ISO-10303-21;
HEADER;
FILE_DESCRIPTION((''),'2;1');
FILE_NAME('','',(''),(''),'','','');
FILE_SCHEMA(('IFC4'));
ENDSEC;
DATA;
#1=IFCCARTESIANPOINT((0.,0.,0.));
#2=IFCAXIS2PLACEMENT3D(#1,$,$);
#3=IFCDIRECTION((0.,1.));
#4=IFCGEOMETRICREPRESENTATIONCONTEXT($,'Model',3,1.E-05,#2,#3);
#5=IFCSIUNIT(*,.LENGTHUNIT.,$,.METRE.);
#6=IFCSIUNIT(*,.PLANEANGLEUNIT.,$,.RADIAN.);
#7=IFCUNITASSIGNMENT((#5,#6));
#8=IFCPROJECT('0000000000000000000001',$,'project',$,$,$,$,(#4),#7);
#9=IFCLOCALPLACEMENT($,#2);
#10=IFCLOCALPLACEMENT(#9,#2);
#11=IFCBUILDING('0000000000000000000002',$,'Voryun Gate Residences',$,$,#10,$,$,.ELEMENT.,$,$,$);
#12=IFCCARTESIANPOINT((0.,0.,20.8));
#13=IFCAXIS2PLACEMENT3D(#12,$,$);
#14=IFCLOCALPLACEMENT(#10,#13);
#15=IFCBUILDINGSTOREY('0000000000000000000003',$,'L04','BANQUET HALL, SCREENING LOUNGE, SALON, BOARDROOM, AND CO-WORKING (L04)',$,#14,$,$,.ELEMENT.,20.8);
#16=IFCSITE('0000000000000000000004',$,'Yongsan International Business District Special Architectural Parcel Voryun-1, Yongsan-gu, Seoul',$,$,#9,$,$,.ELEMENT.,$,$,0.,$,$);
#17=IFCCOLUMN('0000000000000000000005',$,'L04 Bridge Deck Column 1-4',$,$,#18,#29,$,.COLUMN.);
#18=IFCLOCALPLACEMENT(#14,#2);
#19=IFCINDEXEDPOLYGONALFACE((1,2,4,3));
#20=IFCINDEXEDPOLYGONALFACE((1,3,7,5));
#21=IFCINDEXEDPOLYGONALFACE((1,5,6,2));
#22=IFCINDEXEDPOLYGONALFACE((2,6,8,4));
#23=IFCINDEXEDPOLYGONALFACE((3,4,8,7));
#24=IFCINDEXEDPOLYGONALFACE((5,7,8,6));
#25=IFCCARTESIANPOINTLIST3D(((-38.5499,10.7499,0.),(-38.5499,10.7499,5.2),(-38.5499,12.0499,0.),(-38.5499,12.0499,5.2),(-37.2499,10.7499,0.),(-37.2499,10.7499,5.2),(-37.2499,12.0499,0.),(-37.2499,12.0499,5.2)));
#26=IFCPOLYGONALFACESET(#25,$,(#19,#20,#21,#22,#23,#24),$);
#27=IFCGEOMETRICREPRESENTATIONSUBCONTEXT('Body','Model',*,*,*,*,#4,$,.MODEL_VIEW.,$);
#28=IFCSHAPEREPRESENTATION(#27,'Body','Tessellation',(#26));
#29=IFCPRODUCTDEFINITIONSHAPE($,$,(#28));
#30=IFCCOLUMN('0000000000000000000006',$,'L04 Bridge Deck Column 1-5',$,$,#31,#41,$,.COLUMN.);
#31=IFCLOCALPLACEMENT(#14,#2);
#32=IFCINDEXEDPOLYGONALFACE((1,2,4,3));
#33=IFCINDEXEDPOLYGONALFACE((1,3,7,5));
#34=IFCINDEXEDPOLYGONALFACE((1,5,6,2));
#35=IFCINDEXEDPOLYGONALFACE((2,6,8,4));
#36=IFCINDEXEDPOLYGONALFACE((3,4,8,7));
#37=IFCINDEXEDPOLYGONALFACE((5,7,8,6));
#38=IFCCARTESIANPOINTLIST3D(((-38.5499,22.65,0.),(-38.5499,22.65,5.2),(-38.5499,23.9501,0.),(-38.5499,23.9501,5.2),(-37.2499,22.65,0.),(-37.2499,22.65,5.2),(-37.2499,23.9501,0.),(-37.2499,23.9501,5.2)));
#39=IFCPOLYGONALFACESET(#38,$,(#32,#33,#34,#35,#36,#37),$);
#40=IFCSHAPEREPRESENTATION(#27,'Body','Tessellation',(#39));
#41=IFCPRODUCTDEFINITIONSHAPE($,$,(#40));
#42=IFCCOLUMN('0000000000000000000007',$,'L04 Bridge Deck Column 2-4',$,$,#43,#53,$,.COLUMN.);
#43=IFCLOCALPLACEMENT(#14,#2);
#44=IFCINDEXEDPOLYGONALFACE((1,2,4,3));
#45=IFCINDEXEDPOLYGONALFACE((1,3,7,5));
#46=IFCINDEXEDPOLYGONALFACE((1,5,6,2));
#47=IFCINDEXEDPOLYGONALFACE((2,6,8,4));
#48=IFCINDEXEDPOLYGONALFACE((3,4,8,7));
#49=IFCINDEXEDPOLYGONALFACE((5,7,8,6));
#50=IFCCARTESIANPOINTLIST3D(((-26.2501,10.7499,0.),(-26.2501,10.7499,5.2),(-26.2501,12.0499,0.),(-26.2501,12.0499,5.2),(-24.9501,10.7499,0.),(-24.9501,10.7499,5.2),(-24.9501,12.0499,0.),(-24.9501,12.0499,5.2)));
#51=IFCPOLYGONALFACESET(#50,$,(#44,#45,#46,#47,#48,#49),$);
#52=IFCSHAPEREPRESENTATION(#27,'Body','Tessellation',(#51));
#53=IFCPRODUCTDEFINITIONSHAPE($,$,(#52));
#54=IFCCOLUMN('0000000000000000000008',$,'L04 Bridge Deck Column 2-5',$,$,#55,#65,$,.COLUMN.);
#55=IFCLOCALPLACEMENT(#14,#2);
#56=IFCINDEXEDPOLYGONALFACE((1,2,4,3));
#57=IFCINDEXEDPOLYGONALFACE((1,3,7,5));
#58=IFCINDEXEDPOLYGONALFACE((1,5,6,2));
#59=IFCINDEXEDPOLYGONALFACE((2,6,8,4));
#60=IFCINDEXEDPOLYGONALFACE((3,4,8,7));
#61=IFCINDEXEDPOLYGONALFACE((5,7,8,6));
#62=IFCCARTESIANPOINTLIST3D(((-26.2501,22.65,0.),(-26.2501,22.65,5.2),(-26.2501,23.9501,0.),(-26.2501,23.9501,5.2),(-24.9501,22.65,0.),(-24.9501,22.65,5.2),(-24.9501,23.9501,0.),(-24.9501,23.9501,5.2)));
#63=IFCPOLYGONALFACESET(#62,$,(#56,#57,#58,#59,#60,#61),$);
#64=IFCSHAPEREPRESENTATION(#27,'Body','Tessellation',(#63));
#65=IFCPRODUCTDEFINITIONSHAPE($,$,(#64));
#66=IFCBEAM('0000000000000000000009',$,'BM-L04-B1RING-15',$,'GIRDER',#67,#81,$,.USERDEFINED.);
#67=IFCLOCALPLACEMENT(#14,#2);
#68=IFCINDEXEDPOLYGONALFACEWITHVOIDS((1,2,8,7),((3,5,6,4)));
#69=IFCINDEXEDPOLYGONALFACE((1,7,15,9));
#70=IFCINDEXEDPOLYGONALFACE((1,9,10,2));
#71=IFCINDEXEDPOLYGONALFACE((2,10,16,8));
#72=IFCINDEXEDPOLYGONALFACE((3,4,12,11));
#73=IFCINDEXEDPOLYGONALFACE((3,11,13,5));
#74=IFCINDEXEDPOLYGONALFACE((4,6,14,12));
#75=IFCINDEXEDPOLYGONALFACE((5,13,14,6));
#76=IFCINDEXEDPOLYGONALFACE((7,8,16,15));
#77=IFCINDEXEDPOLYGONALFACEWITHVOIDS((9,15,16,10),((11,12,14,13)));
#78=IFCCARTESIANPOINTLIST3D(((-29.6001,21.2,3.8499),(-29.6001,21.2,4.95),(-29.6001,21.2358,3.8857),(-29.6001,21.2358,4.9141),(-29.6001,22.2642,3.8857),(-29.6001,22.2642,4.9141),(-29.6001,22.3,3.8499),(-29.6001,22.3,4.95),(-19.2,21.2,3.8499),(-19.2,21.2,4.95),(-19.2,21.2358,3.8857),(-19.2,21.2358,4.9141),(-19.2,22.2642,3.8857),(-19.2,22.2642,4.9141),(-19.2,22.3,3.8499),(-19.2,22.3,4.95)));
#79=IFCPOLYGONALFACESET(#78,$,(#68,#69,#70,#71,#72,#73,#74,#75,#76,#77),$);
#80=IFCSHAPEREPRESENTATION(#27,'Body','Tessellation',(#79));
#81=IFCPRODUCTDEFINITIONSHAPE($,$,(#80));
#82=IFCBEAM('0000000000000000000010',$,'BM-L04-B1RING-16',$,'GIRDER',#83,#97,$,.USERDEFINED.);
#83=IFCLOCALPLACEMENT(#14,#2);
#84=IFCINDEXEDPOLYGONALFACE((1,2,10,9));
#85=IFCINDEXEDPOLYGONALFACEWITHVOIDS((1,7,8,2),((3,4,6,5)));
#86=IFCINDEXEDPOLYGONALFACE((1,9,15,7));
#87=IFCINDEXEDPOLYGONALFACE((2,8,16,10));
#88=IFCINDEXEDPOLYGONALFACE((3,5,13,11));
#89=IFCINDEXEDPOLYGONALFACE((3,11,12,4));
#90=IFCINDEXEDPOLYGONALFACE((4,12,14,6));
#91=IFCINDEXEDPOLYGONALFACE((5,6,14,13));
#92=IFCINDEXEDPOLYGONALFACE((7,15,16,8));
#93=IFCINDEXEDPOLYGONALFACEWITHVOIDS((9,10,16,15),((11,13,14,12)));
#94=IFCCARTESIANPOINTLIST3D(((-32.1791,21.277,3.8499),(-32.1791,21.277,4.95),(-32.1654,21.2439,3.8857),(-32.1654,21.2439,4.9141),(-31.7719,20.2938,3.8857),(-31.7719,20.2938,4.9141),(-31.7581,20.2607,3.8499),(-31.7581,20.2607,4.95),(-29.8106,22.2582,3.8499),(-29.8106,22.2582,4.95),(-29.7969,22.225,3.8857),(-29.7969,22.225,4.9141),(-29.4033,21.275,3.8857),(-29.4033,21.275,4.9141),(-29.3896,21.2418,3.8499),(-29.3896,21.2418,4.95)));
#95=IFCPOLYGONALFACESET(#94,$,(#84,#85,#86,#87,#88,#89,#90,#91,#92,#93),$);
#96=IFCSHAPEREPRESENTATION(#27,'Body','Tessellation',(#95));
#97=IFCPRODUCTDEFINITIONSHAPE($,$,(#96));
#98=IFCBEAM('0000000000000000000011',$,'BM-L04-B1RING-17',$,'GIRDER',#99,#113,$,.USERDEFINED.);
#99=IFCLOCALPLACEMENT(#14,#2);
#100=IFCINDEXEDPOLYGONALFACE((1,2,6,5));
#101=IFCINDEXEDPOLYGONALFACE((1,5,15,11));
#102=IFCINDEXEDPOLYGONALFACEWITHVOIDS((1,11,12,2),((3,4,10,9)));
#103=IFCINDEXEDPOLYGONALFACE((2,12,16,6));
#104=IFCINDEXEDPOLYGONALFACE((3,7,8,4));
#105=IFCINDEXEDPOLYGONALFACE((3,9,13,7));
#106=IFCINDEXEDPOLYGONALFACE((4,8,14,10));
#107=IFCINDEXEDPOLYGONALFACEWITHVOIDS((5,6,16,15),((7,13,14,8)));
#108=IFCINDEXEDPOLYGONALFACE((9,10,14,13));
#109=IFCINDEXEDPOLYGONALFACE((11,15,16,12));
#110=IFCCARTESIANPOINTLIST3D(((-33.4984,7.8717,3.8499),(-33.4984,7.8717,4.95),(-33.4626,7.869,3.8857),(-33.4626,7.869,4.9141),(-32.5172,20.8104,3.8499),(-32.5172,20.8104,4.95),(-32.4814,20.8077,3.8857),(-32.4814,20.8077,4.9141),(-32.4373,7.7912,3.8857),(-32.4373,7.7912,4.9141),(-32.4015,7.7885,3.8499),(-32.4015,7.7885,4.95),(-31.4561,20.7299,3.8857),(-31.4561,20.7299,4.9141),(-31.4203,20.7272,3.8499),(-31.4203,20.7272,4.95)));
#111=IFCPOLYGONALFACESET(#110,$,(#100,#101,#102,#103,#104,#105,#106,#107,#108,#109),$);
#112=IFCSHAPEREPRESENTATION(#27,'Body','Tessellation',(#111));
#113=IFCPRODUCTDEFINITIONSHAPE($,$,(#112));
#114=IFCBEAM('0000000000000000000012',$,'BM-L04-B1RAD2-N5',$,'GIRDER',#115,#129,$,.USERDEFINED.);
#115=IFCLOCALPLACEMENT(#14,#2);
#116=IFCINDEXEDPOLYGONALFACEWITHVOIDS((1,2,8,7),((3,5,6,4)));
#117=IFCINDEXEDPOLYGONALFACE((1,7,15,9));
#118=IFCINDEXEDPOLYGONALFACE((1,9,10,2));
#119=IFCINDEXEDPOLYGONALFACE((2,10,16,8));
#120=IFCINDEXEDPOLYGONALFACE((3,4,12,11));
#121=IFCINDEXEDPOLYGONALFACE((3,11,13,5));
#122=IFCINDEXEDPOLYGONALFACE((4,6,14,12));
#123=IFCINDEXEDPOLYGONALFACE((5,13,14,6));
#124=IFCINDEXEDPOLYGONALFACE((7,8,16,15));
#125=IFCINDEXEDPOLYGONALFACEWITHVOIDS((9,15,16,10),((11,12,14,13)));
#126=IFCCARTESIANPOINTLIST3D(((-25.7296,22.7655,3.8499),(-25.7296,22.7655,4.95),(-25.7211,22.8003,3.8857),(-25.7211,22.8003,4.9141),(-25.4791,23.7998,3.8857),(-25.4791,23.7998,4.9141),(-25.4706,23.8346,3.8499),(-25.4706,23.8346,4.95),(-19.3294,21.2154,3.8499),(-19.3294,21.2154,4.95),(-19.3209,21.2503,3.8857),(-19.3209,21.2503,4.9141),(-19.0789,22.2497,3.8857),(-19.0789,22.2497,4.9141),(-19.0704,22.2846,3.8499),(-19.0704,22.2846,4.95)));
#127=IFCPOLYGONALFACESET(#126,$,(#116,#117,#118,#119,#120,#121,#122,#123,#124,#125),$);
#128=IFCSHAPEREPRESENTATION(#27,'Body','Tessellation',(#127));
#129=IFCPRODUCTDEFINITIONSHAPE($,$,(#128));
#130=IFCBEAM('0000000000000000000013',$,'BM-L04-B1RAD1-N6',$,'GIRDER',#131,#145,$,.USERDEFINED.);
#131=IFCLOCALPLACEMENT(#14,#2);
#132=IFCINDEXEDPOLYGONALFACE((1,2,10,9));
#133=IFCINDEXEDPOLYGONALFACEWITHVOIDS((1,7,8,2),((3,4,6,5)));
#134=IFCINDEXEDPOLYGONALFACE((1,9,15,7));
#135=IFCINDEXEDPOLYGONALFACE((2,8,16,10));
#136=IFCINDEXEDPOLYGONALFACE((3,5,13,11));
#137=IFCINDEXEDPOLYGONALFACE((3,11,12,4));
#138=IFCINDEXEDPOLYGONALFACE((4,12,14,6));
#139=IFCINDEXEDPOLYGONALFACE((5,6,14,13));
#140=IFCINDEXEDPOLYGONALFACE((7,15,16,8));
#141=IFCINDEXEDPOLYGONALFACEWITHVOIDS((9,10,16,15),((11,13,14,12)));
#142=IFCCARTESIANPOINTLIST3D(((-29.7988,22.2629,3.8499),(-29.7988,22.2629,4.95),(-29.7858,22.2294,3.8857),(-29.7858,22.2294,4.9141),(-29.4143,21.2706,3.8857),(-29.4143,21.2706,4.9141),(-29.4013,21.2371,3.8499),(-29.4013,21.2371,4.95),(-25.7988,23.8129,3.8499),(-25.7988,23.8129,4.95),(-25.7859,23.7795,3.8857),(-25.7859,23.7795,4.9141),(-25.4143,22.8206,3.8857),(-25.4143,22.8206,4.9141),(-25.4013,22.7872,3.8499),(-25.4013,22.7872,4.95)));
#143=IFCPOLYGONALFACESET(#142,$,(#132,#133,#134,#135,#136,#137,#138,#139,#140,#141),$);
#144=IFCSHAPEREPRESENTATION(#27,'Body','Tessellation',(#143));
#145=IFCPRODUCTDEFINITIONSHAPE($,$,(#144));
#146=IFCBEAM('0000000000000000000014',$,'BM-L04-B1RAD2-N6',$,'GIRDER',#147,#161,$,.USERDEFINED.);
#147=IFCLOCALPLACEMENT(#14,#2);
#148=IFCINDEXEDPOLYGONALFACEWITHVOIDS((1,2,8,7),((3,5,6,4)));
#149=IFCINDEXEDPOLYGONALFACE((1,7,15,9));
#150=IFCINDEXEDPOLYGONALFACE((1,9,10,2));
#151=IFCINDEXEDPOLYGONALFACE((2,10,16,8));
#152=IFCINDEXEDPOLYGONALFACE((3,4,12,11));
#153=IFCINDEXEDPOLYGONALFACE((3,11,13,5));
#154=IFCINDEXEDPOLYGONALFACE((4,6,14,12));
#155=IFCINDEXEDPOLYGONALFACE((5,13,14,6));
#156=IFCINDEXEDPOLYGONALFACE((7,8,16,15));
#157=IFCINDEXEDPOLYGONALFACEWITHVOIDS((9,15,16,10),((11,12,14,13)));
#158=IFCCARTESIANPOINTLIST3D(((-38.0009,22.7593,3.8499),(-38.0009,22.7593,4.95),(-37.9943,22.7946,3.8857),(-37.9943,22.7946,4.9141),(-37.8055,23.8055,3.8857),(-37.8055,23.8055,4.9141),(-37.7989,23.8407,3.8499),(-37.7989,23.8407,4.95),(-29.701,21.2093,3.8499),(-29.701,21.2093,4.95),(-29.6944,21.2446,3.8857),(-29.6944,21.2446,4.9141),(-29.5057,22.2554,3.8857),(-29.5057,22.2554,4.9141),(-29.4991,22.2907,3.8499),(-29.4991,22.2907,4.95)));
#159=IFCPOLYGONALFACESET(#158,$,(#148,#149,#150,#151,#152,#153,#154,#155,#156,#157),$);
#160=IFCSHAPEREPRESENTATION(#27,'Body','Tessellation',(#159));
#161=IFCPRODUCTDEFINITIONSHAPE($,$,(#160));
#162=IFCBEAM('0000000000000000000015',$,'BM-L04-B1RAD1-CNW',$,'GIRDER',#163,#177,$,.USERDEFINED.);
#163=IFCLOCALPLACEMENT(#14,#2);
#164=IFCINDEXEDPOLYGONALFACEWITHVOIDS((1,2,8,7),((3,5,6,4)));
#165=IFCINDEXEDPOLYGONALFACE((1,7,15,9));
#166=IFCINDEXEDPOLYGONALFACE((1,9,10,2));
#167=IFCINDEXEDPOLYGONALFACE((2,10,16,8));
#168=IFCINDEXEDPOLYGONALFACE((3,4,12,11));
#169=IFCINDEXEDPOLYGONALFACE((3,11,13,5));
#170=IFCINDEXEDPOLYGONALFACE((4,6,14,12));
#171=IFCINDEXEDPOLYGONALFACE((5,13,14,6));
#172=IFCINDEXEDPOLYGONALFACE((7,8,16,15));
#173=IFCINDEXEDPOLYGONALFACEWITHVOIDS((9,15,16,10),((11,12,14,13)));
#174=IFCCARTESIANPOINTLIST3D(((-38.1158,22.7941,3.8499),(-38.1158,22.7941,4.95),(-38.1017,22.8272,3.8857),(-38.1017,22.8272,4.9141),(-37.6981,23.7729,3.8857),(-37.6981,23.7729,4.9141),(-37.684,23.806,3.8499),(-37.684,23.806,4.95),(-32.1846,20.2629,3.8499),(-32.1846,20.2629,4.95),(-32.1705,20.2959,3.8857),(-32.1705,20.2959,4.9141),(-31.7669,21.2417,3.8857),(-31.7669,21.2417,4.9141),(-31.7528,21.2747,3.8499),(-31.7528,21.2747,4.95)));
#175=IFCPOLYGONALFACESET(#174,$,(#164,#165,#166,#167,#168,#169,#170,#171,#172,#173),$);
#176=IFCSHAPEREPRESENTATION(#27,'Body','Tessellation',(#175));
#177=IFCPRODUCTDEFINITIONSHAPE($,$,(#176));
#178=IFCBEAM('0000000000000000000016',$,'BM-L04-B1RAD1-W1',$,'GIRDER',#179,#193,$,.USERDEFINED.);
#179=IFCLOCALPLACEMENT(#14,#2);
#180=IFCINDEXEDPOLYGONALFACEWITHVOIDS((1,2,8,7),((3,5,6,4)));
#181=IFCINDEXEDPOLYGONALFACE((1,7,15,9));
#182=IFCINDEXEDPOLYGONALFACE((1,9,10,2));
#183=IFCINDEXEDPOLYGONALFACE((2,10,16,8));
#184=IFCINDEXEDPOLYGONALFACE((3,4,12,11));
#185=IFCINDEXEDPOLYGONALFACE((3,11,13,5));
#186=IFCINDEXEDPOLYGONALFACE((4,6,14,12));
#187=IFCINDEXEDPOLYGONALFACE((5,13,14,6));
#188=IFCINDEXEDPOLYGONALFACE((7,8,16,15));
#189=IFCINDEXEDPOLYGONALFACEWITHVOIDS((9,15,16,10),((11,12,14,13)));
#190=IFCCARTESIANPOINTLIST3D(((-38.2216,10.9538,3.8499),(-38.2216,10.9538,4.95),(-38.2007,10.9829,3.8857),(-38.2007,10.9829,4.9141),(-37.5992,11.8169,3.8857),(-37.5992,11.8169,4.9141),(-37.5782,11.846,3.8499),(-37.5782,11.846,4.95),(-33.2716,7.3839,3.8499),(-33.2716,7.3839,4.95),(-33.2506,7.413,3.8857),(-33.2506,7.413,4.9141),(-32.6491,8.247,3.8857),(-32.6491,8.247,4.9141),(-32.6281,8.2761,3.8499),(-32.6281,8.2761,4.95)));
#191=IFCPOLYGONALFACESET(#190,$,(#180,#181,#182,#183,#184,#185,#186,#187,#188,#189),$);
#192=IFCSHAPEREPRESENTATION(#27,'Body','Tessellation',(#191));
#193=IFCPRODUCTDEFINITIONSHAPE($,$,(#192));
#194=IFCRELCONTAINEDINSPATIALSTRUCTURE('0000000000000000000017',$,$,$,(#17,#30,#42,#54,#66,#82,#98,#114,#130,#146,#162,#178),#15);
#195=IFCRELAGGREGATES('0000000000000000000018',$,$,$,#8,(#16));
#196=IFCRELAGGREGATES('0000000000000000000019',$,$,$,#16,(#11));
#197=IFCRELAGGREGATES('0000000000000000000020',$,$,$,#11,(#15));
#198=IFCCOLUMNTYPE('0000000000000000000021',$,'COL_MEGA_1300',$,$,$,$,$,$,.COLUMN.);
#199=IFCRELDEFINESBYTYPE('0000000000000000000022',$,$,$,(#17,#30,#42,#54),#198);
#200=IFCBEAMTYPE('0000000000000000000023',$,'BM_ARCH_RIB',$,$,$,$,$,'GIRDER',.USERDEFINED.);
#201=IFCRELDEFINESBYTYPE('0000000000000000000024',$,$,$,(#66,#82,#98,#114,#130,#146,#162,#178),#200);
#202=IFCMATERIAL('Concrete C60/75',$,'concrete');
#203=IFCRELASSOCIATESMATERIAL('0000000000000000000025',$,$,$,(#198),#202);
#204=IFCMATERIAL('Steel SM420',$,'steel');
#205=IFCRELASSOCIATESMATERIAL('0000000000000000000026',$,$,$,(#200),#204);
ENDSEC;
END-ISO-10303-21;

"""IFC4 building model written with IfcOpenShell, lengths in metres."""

from ifc_helpers import new_model, si_unit, direction, frame, origin, origin_2d, place, context, subcontext, project, spatial, rectangle, hollow_rectangle, extrude, material, material_profile, profile_set, type_object, element, save


model = new_model("IFC4")

# Units and contexts
model_context = context("Model", 3, precision=1e-05, world=origin(), true_north=direction((0.0, 1.0)))
body_context = subcontext(model_context, "Body", "Model", "MODEL_VIEW")
ifc_project = project(units=[si_unit("LENGTHUNIT", "METRE"), si_unit("PLANEANGLEUNIT", "RADIAN")], contexts=[model_context])

# Site, building, storey
site_placement = place(None, origin())
site = spatial("IfcSite", under=ifc_project, at=site_placement, Name="Yongsan International Business District Special Architectural Parcel Voryun-1, Yongsan-gu, Seoul", CompositionType="ELEMENT", RefElevation=0.0)
building_placement = place(site_placement, origin())
building = spatial("IfcBuilding", under=site, at=building_placement, Name="Voryun Gate Residences", CompositionType="ELEMENT")
storey_placement = place(building_placement, frame((0.0, 0.0, 20.8)))
storey = spatial("IfcBuildingStorey", under=building, at=storey_placement, Name="L04", Description="BANQUET HALL, SCREENING LOUNGE, SALON, BOARDROOM, AND CO-WORKING (L04)", CompositionType="ELEMENT", Elevation=20.8)

# Columns
ifc_material_1 = material(Name="Concrete C60/75", Category="concrete")
ifc_material_profile_1 = material_profile(ifc_material_1, rectangle(XDim=1.3, YDim=1.3, at=origin_2d()), Name="RC-1300x1300")
ifc_profile_set_1 = profile_set([ifc_material_profile_1], Name="Concrete C60/75")
column_type = type_object("IfcColumnType", Name="COL_MEGA_1300", PredefinedType="COLUMN", material=ifc_profile_set_1)
for number, where, z_axis, x_axis, name in (
    (1, (-37.8999, 11.3999, 0.0), (0.0, 0.0, 1.0), (1.0, 0.0, 0.0), "L04 Bridge Deck Column 1-4"),
    (2, (-37.8999, 23.3, 0.0), (0.0, 0.0, 1.0), (1.0, 0.0, 0.0), "L04 Bridge Deck Column 1-5"),
    (3, (-25.6001, 11.3999, 0.0), (0.0, 0.0, 1.0), (1.0, 0.0, 0.0), "L04 Bridge Deck Column 2-4"),
    (4, (-25.6001, 23.3, 0.0), (0.0, 0.0, 1.0), (1.0, 0.0, 0.0), "L04 Bridge Deck Column 2-5"),
):
    element("IfcColumn", number, at=place(storey_placement, frame(where, z_axis=z_axis, x_axis=x_axis)), inside=storey, type_object=column_type, Name=name, PredefinedType="COLUMN", context=body_context, shape_type="SweptSolid", body=[
        extrude(rectangle(XDim=1.3, YDim=1.3, at=origin_2d()), origin(), (0.0, 0.0, 1.0), 5.2),
    ])

# Beams
ifc_material_2 = material(Name="Steel SM420", Category="steel")
ifc_material_profile_2 = material_profile(ifc_material_2, hollow_rectangle(XDim=1.1001, YDim=1.1001, WallThickness=0.0359, at=origin_2d()), Name="BOX-1100x1100x36")
ifc_profile_set_2 = profile_set([ifc_material_profile_2], Name="Steel SM420")
beam_type_1 = type_object("IfcBeamType", Name="BM_ARCH_RIB", ElementType="GIRDER", PredefinedType="USERDEFINED", material=ifc_profile_set_2)
beam_1_placement = place(storey_placement, frame((-19.2, 21.75, 4.3999), z_axis=(-1.0, 0.0, 0.0), x_axis=(0.0, -1.0, 0.0)))
element("IfcBeam", 5, at=beam_1_placement, inside=storey, type_object=beam_type_1, Name="BM-L04-B1RING-15", ObjectType="GIRDER", PredefinedType="USERDEFINED", context=body_context, shape_type="SweptSolid", body=[
    extrude(hollow_rectangle(XDim=1.1001, YDim=1.1001, WallThickness=0.0359, at=origin_2d()), origin(), (0.0, 0.0, 1.0), 10.4001),
])
beam_2_placement = place(storey_placement, frame((-29.6001, 21.75, 4.3999), z_axis=(-0.923869, -0.382708, 0.0), x_axis=(0.382708, -0.923869, 0.0)))
element("IfcBeam", 6, at=beam_2_placement, inside=storey, type_object=beam_type_1, Name="BM-L04-B1RING-16", ObjectType="GIRDER", PredefinedType="USERDEFINED", context=body_context, shape_type="SweptSolid", body=[
    extrude(hollow_rectangle(XDim=1.1001, YDim=1.1001, WallThickness=0.0359, at=origin_2d()), origin(), (0.0, 0.0, 1.0), 2.5637),
])
beam_3_placement = place(storey_placement, frame((-31.9688, 20.7688, 4.3999), z_axis=(-0.075617, -0.997137, 0.0), x_axis=(0.997137, -0.075617, 0.0)))
element("IfcBeam", 7, at=beam_3_placement, inside=storey, type_object=beam_type_1, Name="BM-L04-B1RING-17", ObjectType="GIRDER", PredefinedType="USERDEFINED", context=body_context, shape_type="SweptSolid", body=[
    extrude(hollow_rectangle(XDim=1.1001, YDim=1.1001, WallThickness=0.0359, at=origin_2d()), origin(), (0.0, 0.0, 1.0), 12.9758),
])
beam_4_placement = place(storey_placement, frame((-25.6001, 23.3, 4.3999), z_axis=(0.971902, -0.235385, 0.0), x_axis=(0.235385, 0.971902, 0.0)))
element("IfcBeam", 8, at=beam_4_placement, inside=storey, type_object=beam_type_1, Name="BM-L04-B1RAD2-N5", ObjectType="GIRDER", PredefinedType="USERDEFINED", context=body_context, shape_type="SweptSolid", body=[
    extrude(hollow_rectangle(XDim=1.1001, YDim=1.1001, WallThickness=0.0359, at=origin_2d()), origin(), (0.0, 0.0, 1.0), 6.5852),
])
beam_5_placement = place(storey_placement, frame((-25.6001, 23.3, 4.3999), z_axis=(-0.932438, -0.361331, 0.0), x_axis=(0.361331, -0.932438, 0.0)))
element("IfcBeam", 9, at=beam_5_placement, inside=storey, type_object=beam_type_1, Name="BM-L04-B1RAD1-N6", ObjectType="GIRDER", PredefinedType="USERDEFINED", context=body_context, shape_type="SweptSolid", body=[
    extrude(hollow_rectangle(XDim=1.1001, YDim=1.1001, WallThickness=0.0359, at=origin_2d()), origin(), (0.0, 0.0, 1.0), 4.2898),
])
beam_6_placement = place(storey_placement, frame((-37.8999, 23.3, 4.3999), z_axis=(0.983004, -0.183583, 0.0), x_axis=(0.183583, 0.983004, 0.0)))
element("IfcBeam", 10, at=beam_6_placement, inside=storey, type_object=beam_type_1, Name="BM-L04-B1RAD2-N6", ObjectType="GIRDER", PredefinedType="USERDEFINED", context=body_context, shape_type="SweptSolid", body=[
    extrude(hollow_rectangle(XDim=1.1001, YDim=1.1001, WallThickness=0.0359, at=origin_2d()), origin(), (0.0, 0.0, 1.0), 8.4434),
])
beam_7_placement = place(storey_placement, frame((-37.8999, 23.3, 4.3999), z_axis=(0.919743, -0.392521, 0.0), x_axis=(0.392521, 0.919743, 0.0)))
element("IfcBeam", 11, at=beam_7_placement, inside=storey, type_object=beam_type_1, Name="BM-L04-B1RAD1-CNW", ObjectType="GIRDER", PredefinedType="USERDEFINED", context=body_context, shape_type="SweptSolid", body=[
    extrude(hollow_rectangle(XDim=1.1001, YDim=1.1001, WallThickness=0.0359, at=origin_2d()), origin(), (0.0, 0.0, 1.0), 6.4487),
])
beam_8_placement = place(storey_placement, frame((-37.8999, 11.3999, 4.3999), z_axis=(0.811079, -0.584937, 0.0), x_axis=(0.584937, 0.811079, 0.0)))
element("IfcBeam", 12, at=beam_8_placement, inside=storey, type_object=beam_type_1, Name="BM-L04-B1RAD1-W1", ObjectType="GIRDER", PredefinedType="USERDEFINED", context=body_context, shape_type="SweptSolid", body=[
    extrude(hollow_rectangle(XDim=1.1001, YDim=1.1001, WallThickness=0.0359, at=origin_2d()), origin(), (0.0, 0.0, 1.0), 6.103),
])

save(model, "model.ifc")
